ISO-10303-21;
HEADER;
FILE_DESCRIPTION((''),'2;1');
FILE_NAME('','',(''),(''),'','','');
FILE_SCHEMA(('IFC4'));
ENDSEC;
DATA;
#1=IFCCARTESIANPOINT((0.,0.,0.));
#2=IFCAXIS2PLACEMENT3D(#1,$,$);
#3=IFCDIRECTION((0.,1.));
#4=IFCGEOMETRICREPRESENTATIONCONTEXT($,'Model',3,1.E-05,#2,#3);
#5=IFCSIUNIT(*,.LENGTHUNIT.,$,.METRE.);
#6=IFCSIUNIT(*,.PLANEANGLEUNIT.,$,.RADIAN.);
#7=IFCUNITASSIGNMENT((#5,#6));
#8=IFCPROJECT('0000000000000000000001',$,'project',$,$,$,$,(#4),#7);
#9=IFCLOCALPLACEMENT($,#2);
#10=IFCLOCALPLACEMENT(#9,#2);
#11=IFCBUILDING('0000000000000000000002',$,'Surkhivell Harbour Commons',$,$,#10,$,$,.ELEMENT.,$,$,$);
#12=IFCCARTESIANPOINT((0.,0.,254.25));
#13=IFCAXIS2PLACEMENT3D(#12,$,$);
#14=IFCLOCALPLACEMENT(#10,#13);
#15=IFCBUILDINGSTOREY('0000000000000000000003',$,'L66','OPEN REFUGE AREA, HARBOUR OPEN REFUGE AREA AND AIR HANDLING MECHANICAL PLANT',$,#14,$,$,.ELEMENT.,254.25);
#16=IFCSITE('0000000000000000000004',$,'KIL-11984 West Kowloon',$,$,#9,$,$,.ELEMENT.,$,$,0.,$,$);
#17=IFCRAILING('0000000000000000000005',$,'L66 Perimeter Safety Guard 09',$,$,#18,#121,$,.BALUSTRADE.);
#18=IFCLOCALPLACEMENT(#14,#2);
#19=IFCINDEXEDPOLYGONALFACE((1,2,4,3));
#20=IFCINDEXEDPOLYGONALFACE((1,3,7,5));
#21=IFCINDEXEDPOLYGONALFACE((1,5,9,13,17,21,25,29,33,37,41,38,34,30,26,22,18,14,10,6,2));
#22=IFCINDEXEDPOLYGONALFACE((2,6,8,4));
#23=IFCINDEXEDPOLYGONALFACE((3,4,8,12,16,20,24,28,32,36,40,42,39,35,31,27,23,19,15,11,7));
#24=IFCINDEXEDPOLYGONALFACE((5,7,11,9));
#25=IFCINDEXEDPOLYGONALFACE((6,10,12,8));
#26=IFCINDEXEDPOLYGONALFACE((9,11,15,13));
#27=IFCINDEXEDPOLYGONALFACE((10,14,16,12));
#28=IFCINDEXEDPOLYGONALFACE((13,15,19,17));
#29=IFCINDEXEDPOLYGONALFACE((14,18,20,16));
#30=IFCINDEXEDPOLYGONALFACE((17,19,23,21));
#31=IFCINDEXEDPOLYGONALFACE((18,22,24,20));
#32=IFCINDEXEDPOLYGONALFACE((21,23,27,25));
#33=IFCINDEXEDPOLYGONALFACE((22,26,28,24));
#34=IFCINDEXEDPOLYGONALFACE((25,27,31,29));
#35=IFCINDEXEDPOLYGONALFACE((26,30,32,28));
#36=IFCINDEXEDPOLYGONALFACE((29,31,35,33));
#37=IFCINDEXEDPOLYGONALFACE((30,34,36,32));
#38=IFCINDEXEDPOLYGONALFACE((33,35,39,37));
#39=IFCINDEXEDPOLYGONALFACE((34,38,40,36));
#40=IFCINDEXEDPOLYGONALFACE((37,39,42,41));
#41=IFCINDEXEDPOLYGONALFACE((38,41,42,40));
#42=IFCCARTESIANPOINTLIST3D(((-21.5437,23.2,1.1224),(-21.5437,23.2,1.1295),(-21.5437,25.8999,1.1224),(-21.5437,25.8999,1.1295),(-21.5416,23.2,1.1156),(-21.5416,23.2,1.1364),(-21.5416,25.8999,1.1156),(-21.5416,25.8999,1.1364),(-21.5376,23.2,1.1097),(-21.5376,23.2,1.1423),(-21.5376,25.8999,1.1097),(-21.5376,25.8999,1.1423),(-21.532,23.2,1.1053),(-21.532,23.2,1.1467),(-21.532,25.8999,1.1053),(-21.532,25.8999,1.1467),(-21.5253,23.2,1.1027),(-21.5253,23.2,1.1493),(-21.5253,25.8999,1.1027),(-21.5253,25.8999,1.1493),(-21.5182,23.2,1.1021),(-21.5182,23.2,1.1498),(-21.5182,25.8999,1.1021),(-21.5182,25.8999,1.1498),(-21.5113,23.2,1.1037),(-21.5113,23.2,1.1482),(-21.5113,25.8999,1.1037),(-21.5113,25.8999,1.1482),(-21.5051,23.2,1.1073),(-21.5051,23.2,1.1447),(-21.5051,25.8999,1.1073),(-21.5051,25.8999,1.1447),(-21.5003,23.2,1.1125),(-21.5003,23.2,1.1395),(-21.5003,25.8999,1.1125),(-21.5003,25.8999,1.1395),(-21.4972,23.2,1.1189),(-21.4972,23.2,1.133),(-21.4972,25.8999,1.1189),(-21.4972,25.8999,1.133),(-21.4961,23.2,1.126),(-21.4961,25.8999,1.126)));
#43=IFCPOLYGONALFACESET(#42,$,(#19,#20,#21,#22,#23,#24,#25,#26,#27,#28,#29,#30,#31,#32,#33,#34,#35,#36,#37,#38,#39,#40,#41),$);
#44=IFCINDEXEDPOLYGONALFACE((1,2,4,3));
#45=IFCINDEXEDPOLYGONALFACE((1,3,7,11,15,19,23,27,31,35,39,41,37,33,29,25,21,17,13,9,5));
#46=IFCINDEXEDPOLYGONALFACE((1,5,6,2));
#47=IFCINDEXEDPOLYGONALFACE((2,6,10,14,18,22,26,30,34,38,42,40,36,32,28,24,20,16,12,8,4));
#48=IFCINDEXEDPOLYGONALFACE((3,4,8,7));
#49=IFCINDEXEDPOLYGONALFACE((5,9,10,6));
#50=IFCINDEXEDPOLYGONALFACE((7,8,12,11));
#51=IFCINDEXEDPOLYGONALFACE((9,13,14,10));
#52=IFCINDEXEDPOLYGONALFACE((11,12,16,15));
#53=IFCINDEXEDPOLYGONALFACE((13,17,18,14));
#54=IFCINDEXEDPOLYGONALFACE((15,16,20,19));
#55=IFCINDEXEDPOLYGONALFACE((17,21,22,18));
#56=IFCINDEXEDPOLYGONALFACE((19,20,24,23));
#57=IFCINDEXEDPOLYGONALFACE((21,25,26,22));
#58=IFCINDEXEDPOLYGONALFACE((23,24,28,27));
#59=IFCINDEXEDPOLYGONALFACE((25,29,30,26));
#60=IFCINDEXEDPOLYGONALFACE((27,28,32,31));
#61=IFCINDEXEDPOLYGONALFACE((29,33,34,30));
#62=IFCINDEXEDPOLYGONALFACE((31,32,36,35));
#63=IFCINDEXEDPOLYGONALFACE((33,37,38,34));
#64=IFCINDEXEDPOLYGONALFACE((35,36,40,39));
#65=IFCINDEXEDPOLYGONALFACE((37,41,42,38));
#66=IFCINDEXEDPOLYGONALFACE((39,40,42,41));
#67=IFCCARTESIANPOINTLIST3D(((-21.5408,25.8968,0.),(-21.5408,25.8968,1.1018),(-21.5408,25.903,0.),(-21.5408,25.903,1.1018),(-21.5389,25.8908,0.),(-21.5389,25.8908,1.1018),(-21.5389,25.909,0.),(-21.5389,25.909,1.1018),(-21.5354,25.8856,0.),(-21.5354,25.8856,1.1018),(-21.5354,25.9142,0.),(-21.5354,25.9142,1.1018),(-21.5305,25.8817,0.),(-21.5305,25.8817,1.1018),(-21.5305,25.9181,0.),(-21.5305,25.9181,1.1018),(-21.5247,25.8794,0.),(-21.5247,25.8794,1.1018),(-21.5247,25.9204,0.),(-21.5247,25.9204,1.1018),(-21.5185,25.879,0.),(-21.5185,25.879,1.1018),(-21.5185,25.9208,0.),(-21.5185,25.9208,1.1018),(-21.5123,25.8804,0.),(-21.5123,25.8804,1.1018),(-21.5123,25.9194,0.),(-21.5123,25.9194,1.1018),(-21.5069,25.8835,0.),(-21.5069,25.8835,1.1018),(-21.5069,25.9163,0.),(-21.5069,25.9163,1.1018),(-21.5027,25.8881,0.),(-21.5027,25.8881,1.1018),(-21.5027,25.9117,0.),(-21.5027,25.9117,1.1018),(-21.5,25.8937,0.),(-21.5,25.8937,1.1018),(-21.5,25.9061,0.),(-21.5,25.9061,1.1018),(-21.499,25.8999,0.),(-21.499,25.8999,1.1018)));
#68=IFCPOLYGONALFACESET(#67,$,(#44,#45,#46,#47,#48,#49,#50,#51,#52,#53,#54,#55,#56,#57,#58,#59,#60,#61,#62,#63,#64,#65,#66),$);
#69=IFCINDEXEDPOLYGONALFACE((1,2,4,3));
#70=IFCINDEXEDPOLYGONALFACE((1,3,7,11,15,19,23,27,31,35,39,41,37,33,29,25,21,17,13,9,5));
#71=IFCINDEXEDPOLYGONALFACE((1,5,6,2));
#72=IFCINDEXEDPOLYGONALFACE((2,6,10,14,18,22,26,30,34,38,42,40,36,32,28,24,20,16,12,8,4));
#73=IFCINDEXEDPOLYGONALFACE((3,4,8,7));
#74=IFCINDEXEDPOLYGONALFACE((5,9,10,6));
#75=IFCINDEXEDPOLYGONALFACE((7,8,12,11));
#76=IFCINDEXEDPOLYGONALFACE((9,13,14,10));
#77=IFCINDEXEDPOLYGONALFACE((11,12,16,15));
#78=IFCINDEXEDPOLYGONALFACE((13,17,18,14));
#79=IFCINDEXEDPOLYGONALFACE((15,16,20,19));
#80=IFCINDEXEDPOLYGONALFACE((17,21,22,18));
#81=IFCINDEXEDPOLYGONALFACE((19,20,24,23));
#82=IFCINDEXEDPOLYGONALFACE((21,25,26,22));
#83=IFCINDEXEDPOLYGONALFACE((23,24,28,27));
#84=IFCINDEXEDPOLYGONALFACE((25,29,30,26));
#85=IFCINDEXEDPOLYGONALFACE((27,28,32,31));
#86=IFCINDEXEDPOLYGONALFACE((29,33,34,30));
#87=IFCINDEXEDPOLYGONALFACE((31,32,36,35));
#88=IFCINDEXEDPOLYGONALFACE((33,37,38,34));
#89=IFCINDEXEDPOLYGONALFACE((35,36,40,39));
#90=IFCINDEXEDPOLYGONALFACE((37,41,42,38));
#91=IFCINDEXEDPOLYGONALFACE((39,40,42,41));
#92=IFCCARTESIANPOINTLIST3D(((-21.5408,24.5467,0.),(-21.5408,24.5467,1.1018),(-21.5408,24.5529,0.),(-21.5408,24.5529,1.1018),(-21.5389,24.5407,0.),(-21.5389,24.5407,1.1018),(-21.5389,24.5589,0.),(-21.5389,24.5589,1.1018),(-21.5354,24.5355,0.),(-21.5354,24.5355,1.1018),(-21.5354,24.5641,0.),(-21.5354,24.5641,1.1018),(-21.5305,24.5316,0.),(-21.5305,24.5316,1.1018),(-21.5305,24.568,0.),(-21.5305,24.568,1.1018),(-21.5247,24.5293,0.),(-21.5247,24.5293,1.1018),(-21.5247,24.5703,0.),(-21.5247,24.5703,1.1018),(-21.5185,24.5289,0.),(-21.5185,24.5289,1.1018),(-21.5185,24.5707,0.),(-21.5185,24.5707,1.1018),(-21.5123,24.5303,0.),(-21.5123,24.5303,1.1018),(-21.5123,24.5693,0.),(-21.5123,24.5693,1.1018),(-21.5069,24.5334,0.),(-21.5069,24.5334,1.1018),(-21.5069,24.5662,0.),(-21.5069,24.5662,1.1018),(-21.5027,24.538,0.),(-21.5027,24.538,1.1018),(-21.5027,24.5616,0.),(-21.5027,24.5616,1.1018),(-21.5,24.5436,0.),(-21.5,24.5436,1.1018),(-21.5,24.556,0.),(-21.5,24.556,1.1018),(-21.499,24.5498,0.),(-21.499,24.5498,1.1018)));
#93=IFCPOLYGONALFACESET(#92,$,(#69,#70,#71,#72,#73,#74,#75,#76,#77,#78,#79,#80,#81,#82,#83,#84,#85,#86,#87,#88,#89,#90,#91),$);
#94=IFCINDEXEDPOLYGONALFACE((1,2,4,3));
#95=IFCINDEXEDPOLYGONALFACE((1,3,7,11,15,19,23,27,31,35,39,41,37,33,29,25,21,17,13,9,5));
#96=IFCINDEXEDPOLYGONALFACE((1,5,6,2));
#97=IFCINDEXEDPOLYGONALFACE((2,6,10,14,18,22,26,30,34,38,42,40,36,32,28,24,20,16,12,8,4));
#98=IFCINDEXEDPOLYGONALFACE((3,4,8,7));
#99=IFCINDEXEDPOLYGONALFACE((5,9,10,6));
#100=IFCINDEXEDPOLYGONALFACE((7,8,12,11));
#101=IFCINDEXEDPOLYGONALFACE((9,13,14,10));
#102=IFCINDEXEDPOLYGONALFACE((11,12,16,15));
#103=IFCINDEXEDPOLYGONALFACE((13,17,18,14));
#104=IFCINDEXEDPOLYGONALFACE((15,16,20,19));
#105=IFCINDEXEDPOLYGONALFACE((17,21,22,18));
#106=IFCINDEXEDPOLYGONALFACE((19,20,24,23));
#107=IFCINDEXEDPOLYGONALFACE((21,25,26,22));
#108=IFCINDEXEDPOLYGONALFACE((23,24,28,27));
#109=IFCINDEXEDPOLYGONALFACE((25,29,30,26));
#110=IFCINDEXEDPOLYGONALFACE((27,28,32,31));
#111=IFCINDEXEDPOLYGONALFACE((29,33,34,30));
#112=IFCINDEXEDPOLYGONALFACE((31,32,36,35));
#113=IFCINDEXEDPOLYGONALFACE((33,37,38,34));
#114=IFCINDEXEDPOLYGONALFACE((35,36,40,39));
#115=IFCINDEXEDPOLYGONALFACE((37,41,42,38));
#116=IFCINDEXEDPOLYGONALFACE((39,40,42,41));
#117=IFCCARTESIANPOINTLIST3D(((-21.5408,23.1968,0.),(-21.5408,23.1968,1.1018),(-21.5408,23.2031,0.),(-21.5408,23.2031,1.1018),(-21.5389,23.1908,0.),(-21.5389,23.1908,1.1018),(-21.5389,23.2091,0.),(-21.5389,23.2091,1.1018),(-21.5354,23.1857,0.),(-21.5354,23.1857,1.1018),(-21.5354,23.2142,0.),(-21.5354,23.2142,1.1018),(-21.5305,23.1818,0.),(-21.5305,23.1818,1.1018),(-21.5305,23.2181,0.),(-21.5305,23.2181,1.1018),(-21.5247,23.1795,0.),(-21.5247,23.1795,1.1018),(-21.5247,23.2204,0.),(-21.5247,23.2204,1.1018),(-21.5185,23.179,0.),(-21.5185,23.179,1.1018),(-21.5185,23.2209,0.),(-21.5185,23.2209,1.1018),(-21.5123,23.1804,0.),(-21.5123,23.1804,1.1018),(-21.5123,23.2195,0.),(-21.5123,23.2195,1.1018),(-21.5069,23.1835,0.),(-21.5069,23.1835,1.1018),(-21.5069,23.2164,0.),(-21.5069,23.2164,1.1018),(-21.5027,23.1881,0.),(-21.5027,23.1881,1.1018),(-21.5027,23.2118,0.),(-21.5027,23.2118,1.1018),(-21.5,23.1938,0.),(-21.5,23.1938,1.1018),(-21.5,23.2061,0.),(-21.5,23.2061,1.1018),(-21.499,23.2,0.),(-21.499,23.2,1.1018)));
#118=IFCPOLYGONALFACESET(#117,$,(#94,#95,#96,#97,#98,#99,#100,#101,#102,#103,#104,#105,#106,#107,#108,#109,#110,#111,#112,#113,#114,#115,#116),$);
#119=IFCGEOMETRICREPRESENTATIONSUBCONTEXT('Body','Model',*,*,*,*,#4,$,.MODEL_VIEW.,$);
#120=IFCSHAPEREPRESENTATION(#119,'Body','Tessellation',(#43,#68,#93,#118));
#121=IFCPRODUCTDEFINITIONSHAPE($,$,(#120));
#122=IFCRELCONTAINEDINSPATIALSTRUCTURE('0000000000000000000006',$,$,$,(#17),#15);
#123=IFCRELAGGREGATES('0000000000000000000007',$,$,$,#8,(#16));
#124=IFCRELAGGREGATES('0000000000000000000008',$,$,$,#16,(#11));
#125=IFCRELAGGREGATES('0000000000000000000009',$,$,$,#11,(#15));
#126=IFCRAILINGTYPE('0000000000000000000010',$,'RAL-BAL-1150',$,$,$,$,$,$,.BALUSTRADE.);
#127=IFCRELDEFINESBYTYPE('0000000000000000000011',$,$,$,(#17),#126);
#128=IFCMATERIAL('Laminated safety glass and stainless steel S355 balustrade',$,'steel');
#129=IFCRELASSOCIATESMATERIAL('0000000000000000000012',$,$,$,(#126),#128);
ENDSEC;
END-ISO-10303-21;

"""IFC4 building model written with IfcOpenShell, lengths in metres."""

from ifc_helpers import new_model, si_unit, direction, frame, origin, origin_2d, place, context, subcontext, project, spatial, circle, extrude, material, type_object, element, save


model = new_model("IFC4")

# Units and contexts
model_context = context("Model", 3, precision=1e-05, world=origin(), true_north=direction((0.0, 1.0)))
body_context = subcontext(model_context, "Body", "Model", "MODEL_VIEW")
ifc_project = project(units=[si_unit("LENGTHUNIT", "METRE"), si_unit("PLANEANGLEUNIT", "RADIAN")], contexts=[model_context])

# Site, building, storey
site_placement = place(None, origin())
site = spatial("IfcSite", under=ifc_project, at=site_placement, Name="KIL-11984 West Kowloon", CompositionType="ELEMENT", RefElevation=0.0)
building_placement = place(site_placement, origin())
building = spatial("IfcBuilding", under=site, at=building_placement, Name="Surkhivell Harbour Commons", CompositionType="ELEMENT")
storey_placement = place(building_placement, frame((0.0, 0.0, 254.25)))
storey = spatial("IfcBuildingStorey", under=building, at=storey_placement, Name="L66", Description="OPEN REFUGE AREA, HARBOUR OPEN REFUGE AREA AND AIR HANDLING MECHANICAL PLANT", CompositionType="ELEMENT", Elevation=254.25)

# Railing
ifc_material_1 = material(Name="Laminated safety glass and stainless steel S355 balustrade", Category="steel")
railing_type = type_object("IfcRailingType", Name="RAL-BAL-1150", PredefinedType="BALUSTRADE", material=ifc_material_1)
railing_1_placement = place(storey_placement, frame((-21.52, 25.8999, 0.0)))
element("IfcRailing", 1, at=railing_1_placement, inside=storey, type_object=railing_type, Name="L66 Perimeter Safety Guard 09", PredefinedType="BALUSTRADE", context=body_context, shape_type="SweptSolid", body=[
    extrude(circle(Radius=0.0239, at=origin_2d()), frame((0.0, 0.0, 1.126), z_axis=(0.0, -1.0, 0.0), x_axis=(1.0, 0.0, 0.0)), (0.0, 0.0, 1.0), 2.7),
    extrude(circle(Radius=0.021, at=origin_2d()), origin(), (0.0, 0.0, 1.0), 1.1018),
    extrude(circle(Radius=0.021, at=origin_2d()), frame((0.0, -1.3501, 0.0)), (0.0, 0.0, 1.0), 1.1018),
    extrude(circle(Radius=0.021, at=origin_2d()), frame((0.0, -2.7, 0.0)), (0.0, 0.0, 1.0), 1.1018),
])

save(model, "model.ifc")
